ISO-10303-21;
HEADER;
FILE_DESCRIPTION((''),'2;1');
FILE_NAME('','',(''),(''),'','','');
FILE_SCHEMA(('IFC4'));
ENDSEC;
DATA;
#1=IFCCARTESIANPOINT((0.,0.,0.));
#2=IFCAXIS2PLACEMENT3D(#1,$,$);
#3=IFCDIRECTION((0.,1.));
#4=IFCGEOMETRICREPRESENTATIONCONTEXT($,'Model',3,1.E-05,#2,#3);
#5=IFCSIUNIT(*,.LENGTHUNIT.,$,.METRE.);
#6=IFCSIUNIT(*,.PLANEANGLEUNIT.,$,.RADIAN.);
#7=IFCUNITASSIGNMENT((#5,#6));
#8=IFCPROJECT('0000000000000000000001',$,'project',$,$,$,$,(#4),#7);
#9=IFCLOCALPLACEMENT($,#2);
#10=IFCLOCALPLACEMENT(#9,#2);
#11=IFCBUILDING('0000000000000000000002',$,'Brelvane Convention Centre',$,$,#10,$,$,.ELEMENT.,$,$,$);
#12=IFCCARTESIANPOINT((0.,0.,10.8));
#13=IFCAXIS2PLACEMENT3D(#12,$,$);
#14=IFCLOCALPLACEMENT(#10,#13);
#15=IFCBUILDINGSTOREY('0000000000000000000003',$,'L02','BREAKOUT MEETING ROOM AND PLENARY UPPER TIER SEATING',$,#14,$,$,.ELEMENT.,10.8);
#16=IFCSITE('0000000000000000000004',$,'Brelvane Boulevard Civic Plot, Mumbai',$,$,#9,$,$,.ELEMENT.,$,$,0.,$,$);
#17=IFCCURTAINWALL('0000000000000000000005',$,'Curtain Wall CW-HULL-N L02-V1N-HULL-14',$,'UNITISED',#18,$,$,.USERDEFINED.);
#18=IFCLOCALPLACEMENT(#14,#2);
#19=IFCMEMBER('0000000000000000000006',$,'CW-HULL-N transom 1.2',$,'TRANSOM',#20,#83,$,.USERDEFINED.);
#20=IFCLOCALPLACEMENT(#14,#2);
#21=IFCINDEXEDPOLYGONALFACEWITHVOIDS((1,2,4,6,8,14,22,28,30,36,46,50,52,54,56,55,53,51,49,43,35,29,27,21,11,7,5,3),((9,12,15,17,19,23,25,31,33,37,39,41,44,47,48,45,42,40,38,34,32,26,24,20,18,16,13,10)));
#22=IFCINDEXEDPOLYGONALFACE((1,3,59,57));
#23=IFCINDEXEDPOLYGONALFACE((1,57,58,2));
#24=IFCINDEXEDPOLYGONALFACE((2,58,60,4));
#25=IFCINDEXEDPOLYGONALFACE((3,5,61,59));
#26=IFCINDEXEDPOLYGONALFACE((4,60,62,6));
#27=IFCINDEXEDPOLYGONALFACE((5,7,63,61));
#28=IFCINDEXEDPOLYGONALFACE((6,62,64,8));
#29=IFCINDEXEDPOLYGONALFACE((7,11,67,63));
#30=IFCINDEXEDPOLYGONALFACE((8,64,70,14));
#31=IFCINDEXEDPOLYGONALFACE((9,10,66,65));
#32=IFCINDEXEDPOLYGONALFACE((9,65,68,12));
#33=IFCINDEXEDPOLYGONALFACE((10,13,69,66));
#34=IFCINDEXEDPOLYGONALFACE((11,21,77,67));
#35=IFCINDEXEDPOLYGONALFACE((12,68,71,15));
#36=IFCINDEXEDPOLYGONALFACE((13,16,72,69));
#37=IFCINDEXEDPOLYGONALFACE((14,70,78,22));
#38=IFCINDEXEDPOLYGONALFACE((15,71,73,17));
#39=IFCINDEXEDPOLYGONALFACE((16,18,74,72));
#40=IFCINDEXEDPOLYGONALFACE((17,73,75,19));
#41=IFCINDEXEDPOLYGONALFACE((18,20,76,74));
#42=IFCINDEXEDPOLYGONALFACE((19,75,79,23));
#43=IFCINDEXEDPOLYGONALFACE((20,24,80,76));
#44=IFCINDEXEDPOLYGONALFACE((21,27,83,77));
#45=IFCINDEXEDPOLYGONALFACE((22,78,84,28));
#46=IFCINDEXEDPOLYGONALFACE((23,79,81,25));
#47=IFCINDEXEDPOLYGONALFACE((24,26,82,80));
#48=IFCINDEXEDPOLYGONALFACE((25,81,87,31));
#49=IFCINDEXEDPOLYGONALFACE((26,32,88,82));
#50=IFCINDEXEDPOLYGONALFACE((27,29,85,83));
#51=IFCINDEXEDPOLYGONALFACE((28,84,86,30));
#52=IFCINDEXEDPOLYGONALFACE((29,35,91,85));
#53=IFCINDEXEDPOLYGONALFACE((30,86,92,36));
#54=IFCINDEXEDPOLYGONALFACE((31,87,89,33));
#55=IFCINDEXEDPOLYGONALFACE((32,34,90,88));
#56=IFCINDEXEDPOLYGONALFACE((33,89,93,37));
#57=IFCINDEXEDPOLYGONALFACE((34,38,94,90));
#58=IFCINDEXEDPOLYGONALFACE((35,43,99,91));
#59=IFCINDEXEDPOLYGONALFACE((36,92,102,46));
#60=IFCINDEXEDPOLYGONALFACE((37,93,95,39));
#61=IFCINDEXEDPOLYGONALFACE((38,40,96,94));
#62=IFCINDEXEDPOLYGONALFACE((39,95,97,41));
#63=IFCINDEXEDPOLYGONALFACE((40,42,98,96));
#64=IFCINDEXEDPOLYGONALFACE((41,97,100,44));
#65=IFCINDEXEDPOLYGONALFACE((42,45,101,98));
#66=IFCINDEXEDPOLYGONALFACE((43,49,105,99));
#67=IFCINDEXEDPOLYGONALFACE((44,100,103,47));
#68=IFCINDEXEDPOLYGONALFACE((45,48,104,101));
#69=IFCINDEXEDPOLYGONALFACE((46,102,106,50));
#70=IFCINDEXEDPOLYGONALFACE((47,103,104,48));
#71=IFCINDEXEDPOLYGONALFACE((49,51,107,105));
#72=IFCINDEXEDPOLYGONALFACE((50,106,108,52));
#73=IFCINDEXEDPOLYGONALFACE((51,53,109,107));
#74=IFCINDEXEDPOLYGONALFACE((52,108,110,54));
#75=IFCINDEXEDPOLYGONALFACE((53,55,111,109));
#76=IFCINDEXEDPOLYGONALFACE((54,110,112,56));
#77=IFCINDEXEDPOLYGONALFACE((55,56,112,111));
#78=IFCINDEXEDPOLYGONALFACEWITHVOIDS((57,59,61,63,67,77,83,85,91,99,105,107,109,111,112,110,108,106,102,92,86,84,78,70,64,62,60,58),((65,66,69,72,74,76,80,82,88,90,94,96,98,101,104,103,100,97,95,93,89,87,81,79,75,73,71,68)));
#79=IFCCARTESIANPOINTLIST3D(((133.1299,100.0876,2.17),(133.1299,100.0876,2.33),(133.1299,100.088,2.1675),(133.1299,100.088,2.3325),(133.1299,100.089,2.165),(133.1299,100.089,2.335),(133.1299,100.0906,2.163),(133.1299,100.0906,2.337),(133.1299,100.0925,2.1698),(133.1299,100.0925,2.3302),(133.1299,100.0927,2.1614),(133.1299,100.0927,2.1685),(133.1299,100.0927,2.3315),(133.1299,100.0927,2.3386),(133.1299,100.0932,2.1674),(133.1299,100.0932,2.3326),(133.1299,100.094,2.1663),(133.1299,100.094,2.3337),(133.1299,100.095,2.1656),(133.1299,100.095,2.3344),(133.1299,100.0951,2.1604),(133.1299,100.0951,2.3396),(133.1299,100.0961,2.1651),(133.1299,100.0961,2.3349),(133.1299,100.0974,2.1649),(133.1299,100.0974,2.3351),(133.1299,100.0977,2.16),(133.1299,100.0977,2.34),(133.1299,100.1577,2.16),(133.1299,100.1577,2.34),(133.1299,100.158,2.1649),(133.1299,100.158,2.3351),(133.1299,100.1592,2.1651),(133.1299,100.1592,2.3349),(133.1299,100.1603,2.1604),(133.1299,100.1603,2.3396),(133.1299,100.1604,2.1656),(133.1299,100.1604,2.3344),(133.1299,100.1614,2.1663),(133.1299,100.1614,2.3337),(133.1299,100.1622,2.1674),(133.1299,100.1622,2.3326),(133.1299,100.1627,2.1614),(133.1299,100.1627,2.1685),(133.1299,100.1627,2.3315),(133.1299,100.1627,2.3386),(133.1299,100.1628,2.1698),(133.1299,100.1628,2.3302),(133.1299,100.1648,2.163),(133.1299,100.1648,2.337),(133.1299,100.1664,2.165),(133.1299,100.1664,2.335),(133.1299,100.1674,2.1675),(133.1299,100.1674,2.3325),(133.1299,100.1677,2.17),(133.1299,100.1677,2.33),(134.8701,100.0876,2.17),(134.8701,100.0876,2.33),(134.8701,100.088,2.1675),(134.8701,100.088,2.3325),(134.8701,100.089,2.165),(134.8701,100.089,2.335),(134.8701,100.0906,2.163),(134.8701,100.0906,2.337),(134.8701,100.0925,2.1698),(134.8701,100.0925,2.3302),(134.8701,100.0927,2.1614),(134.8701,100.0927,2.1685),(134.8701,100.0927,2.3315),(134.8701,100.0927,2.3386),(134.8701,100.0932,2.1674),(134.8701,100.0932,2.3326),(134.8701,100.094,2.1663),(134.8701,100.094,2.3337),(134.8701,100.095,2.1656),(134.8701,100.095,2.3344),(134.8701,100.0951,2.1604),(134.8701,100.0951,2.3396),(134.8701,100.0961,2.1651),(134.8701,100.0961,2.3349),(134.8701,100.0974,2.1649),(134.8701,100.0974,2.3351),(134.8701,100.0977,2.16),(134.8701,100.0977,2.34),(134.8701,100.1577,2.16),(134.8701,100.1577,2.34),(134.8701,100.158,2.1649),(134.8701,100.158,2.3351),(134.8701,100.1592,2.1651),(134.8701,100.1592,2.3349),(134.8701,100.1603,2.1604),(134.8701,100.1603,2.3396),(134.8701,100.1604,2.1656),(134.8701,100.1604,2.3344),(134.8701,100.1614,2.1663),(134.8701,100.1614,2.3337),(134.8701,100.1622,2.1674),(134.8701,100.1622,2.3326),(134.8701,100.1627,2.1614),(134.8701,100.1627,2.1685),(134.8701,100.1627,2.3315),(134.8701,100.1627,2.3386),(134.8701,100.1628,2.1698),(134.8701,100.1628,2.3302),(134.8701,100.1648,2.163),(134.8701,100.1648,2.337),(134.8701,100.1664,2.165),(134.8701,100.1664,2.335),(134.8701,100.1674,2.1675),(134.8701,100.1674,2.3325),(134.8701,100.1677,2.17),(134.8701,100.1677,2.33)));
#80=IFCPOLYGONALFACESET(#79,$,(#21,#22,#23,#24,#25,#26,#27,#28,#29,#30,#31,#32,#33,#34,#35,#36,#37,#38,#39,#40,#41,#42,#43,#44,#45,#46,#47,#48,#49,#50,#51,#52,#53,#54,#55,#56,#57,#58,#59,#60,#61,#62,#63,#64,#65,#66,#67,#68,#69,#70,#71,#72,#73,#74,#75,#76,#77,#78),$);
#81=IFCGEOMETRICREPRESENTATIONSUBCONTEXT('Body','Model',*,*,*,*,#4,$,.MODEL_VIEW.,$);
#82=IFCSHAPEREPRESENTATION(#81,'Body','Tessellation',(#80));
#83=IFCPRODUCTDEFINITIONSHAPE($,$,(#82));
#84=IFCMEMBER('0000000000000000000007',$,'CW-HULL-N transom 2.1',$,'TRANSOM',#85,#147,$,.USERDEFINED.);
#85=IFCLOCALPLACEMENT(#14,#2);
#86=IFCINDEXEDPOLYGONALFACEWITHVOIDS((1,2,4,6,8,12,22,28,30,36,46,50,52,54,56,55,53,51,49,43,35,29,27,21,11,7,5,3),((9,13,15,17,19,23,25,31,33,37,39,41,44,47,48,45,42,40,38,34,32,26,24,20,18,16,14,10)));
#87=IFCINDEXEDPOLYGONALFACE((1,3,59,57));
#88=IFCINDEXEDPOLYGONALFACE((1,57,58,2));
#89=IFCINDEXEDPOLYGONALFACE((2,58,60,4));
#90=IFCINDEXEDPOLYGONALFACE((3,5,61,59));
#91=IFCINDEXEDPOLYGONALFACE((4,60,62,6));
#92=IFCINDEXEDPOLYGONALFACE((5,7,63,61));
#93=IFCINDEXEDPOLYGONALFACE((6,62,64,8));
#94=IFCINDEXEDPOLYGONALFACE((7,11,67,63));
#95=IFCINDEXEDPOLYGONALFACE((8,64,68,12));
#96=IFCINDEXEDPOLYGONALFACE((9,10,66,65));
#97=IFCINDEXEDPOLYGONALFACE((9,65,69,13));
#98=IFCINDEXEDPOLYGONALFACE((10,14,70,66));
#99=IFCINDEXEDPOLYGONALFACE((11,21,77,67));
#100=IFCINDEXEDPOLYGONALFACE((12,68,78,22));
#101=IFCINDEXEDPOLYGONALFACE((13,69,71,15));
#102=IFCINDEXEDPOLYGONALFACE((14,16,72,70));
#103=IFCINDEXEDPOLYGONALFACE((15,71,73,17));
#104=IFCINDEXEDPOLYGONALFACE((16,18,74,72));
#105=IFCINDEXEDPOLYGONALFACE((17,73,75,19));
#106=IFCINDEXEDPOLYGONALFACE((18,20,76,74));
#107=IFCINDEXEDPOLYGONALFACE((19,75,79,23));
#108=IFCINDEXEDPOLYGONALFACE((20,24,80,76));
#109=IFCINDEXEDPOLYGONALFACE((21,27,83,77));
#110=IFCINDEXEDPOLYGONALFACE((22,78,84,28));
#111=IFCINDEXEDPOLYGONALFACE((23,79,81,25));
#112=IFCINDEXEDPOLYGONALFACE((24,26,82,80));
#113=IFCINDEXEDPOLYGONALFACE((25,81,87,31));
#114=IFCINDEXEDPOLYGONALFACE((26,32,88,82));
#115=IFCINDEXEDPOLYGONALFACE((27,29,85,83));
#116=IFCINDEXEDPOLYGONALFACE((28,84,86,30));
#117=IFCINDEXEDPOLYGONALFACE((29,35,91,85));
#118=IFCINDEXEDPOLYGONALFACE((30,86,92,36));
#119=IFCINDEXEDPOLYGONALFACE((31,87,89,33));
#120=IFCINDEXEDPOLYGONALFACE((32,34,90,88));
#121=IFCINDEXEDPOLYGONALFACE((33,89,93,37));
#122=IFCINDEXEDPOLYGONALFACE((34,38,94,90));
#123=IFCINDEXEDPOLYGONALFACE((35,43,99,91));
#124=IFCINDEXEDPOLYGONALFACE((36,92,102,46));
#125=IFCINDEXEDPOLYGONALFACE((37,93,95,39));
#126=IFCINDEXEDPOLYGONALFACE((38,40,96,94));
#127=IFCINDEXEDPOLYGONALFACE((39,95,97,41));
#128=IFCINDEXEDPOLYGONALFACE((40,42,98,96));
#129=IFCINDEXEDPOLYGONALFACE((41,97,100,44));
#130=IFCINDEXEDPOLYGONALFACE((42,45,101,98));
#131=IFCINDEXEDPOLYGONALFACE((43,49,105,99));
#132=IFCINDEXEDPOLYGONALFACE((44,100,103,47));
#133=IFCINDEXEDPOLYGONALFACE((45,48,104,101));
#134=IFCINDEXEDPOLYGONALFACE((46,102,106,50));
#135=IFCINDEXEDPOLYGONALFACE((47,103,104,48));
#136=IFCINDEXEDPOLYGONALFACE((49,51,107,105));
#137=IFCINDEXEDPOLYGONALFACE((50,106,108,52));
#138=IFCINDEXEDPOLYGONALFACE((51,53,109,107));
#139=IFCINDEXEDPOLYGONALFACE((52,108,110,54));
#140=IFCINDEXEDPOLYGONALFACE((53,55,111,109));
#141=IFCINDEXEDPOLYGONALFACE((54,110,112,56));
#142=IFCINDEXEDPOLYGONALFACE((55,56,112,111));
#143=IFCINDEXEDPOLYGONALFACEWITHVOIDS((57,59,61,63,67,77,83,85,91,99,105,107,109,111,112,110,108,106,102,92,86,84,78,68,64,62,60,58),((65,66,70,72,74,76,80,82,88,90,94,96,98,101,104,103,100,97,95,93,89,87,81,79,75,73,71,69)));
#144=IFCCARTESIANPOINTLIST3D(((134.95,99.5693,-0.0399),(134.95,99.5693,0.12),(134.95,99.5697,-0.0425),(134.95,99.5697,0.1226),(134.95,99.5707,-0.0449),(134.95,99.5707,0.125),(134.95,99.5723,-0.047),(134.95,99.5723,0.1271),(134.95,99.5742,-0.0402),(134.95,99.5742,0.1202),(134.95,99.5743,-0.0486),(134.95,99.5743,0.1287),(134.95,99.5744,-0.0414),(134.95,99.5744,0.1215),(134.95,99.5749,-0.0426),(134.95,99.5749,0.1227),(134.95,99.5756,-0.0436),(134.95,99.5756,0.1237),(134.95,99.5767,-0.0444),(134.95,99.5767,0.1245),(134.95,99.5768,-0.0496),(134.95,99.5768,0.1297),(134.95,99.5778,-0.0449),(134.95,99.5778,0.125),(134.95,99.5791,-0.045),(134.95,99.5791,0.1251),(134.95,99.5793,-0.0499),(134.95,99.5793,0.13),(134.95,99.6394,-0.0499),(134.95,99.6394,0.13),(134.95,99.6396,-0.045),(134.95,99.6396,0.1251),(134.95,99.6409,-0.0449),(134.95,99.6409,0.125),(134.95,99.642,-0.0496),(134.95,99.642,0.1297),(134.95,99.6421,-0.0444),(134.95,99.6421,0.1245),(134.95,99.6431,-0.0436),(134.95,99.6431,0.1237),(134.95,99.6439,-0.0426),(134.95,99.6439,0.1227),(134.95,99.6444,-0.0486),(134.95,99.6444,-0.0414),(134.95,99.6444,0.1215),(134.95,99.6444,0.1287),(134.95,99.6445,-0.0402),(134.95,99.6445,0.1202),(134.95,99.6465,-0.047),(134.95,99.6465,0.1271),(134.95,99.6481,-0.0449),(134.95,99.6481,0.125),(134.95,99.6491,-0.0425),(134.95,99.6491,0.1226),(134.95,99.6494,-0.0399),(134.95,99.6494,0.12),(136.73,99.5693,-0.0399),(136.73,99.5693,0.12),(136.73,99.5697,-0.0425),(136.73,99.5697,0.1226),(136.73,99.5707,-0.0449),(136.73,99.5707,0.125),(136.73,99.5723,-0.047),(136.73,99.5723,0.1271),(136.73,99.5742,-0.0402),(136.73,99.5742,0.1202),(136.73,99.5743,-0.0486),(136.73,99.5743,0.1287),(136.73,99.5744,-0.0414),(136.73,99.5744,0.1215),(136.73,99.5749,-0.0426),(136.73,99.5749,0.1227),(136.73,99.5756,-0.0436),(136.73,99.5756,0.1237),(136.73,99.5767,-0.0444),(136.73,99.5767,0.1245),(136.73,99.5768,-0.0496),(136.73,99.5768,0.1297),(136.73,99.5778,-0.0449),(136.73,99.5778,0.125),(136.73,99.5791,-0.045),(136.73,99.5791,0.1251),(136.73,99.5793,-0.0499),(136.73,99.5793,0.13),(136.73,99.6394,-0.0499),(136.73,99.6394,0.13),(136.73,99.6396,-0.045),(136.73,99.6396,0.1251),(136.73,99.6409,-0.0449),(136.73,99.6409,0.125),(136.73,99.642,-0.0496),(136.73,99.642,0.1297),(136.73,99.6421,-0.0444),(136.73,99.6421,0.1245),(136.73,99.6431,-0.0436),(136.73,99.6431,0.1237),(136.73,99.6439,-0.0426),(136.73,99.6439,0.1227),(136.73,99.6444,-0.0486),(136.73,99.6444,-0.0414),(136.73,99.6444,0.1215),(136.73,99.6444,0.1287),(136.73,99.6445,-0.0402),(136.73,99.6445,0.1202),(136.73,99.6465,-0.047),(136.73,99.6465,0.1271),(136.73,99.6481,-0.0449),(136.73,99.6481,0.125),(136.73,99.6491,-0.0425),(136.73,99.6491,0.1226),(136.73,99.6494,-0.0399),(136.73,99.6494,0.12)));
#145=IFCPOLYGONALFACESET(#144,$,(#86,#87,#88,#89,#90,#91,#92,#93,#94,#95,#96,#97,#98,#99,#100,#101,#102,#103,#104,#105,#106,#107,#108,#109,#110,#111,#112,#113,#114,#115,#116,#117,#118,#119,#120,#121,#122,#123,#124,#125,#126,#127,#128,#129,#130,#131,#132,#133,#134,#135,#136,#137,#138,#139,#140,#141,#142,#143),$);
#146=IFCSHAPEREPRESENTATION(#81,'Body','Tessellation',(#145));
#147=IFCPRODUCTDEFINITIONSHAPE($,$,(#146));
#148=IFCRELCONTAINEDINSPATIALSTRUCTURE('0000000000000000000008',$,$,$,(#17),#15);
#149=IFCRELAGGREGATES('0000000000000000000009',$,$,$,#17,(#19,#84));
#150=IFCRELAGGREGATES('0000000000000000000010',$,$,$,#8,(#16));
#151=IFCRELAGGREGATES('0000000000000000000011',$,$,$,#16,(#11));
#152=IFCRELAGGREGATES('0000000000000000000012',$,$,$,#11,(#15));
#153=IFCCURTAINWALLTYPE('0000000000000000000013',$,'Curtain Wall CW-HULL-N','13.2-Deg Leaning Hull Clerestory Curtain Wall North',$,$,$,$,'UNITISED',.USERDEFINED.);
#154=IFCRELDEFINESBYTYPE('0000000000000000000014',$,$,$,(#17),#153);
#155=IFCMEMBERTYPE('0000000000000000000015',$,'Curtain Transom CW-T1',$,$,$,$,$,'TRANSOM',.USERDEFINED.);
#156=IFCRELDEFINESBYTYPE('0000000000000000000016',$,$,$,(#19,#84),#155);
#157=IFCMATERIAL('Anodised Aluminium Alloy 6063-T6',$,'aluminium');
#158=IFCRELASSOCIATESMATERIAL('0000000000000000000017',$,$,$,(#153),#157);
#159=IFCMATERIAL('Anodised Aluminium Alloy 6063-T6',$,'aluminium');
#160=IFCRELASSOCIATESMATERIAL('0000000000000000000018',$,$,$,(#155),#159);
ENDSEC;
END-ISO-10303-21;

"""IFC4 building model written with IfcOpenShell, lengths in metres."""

from ifc_helpers import new_model, si_unit, direction, frame, origin, origin_2d, place, context, subcontext, project, spatial, hollow_rectangle, extrude, material, material_profile, profile_set, type_object, element, aggregate, save


model = new_model("IFC4")

# Units and contexts
model_context = context("Model", 3, precision=1e-05, world=origin(), true_north=direction((0.0, 1.0)))
body_context = subcontext(model_context, "Body", "Model", "MODEL_VIEW")
ifc_project = project(units=[si_unit("LENGTHUNIT", "METRE"), si_unit("PLANEANGLEUNIT", "RADIAN")], contexts=[model_context])

# Site, building, storey
site_placement = place(None, origin())
site = spatial("IfcSite", under=ifc_project, at=site_placement, Name="Brelvane Boulevard Civic Plot, Mumbai", CompositionType="ELEMENT", RefElevation=0.0)
building_placement = place(site_placement, origin())
building = spatial("IfcBuilding", under=site, at=building_placement, Name="Brelvane Convention Centre", CompositionType="ELEMENT")
storey_placement = place(building_placement, frame((0.0, 0.0, 10.8)))
storey = spatial("IfcBuildingStorey", under=building, at=storey_placement, Name="L02", Description="BREAKOUT MEETING ROOM AND PLENARY UPPER TIER SEATING", CompositionType="ELEMENT", Elevation=10.8)

# Shared definitions
ifc_material_1 = material(Name="Anodised Aluminium Alloy 6063-T6", Category="aluminium")
curtain_wall_type = type_object("IfcCurtainWallType", Name="Curtain Wall CW-HULL-N", Description="13.2-Deg Leaning Hull Clerestory Curtain Wall North", ElementType="UNITISED", PredefinedType="USERDEFINED", material=ifc_material_1)

# Curtain wall, members
curtain_wall_1_placement = place(storey_placement, origin())
curtain_wall_1 = element("IfcCurtainWall", 1, at=curtain_wall_1_placement, inside=storey, type_object=curtain_wall_type, Name="Curtain Wall CW-HULL-N L02-V1N-HULL-14", ObjectType="UNITISED", PredefinedType="USERDEFINED")
ifc_material_2 = material(Name="Anodised Aluminium Alloy 6063-T6", Category="aluminium")
ifc_material_profile_1 = material_profile(ifc_material_2, hollow_rectangle(XDim=0.0801, YDim=0.1799, WallThickness=0.0049, InnerFilletRadius=0.0049, OuterFilletRadius=0.01, at=origin_2d()), Name="ALU-T 180x80x5.0")
ifc_profile_set_1 = profile_set([ifc_material_profile_1], Name="Anodised Aluminium Alloy 6063-T6")
member_type_1 = type_object("IfcMemberType", Name="Curtain Transom CW-T1", ElementType="TRANSOM", PredefinedType="USERDEFINED", material=ifc_profile_set_1)
member_1_placement = place(storey_placement, frame((133.1299, 100.1277, 2.25), z_axis=(1.0, 0.0, 0.0), x_axis=(0.0, 1.0, 0.0)))
member_1 = element("IfcMember", 2, at=member_1_placement, type_object=member_type_1, Name="CW-HULL-N transom 1.2", ObjectType="TRANSOM", PredefinedType="USERDEFINED", context=body_context, shape_type="SweptSolid", body=[
    extrude(hollow_rectangle(XDim=0.0801, YDim=0.1799, WallThickness=0.0049, InnerFilletRadius=0.0049, OuterFilletRadius=0.01, at=origin_2d()), origin(), (0.0, 0.0, 1.0), 1.7402),
])
member_2_placement = place(storey_placement, frame((134.95, 99.6094, 0.04), z_axis=(1.0, 0.0, 0.0), x_axis=(0.0, 1.0, 0.0)))
member_2 = element("IfcMember", 3, at=member_2_placement, type_object=member_type_1, Name="CW-HULL-N transom 2.1", ObjectType="TRANSOM", PredefinedType="USERDEFINED", context=body_context, shape_type="SweptSolid", body=[
    extrude(hollow_rectangle(XDim=0.0801, YDim=0.1799, WallThickness=0.0049, InnerFilletRadius=0.0049, OuterFilletRadius=0.01, at=origin_2d()), origin(), (0.0, 0.0, 1.0), 1.78),
])

aggregate(curtain_wall_1, [member_1, member_2])

save(model, "model.ifc")
